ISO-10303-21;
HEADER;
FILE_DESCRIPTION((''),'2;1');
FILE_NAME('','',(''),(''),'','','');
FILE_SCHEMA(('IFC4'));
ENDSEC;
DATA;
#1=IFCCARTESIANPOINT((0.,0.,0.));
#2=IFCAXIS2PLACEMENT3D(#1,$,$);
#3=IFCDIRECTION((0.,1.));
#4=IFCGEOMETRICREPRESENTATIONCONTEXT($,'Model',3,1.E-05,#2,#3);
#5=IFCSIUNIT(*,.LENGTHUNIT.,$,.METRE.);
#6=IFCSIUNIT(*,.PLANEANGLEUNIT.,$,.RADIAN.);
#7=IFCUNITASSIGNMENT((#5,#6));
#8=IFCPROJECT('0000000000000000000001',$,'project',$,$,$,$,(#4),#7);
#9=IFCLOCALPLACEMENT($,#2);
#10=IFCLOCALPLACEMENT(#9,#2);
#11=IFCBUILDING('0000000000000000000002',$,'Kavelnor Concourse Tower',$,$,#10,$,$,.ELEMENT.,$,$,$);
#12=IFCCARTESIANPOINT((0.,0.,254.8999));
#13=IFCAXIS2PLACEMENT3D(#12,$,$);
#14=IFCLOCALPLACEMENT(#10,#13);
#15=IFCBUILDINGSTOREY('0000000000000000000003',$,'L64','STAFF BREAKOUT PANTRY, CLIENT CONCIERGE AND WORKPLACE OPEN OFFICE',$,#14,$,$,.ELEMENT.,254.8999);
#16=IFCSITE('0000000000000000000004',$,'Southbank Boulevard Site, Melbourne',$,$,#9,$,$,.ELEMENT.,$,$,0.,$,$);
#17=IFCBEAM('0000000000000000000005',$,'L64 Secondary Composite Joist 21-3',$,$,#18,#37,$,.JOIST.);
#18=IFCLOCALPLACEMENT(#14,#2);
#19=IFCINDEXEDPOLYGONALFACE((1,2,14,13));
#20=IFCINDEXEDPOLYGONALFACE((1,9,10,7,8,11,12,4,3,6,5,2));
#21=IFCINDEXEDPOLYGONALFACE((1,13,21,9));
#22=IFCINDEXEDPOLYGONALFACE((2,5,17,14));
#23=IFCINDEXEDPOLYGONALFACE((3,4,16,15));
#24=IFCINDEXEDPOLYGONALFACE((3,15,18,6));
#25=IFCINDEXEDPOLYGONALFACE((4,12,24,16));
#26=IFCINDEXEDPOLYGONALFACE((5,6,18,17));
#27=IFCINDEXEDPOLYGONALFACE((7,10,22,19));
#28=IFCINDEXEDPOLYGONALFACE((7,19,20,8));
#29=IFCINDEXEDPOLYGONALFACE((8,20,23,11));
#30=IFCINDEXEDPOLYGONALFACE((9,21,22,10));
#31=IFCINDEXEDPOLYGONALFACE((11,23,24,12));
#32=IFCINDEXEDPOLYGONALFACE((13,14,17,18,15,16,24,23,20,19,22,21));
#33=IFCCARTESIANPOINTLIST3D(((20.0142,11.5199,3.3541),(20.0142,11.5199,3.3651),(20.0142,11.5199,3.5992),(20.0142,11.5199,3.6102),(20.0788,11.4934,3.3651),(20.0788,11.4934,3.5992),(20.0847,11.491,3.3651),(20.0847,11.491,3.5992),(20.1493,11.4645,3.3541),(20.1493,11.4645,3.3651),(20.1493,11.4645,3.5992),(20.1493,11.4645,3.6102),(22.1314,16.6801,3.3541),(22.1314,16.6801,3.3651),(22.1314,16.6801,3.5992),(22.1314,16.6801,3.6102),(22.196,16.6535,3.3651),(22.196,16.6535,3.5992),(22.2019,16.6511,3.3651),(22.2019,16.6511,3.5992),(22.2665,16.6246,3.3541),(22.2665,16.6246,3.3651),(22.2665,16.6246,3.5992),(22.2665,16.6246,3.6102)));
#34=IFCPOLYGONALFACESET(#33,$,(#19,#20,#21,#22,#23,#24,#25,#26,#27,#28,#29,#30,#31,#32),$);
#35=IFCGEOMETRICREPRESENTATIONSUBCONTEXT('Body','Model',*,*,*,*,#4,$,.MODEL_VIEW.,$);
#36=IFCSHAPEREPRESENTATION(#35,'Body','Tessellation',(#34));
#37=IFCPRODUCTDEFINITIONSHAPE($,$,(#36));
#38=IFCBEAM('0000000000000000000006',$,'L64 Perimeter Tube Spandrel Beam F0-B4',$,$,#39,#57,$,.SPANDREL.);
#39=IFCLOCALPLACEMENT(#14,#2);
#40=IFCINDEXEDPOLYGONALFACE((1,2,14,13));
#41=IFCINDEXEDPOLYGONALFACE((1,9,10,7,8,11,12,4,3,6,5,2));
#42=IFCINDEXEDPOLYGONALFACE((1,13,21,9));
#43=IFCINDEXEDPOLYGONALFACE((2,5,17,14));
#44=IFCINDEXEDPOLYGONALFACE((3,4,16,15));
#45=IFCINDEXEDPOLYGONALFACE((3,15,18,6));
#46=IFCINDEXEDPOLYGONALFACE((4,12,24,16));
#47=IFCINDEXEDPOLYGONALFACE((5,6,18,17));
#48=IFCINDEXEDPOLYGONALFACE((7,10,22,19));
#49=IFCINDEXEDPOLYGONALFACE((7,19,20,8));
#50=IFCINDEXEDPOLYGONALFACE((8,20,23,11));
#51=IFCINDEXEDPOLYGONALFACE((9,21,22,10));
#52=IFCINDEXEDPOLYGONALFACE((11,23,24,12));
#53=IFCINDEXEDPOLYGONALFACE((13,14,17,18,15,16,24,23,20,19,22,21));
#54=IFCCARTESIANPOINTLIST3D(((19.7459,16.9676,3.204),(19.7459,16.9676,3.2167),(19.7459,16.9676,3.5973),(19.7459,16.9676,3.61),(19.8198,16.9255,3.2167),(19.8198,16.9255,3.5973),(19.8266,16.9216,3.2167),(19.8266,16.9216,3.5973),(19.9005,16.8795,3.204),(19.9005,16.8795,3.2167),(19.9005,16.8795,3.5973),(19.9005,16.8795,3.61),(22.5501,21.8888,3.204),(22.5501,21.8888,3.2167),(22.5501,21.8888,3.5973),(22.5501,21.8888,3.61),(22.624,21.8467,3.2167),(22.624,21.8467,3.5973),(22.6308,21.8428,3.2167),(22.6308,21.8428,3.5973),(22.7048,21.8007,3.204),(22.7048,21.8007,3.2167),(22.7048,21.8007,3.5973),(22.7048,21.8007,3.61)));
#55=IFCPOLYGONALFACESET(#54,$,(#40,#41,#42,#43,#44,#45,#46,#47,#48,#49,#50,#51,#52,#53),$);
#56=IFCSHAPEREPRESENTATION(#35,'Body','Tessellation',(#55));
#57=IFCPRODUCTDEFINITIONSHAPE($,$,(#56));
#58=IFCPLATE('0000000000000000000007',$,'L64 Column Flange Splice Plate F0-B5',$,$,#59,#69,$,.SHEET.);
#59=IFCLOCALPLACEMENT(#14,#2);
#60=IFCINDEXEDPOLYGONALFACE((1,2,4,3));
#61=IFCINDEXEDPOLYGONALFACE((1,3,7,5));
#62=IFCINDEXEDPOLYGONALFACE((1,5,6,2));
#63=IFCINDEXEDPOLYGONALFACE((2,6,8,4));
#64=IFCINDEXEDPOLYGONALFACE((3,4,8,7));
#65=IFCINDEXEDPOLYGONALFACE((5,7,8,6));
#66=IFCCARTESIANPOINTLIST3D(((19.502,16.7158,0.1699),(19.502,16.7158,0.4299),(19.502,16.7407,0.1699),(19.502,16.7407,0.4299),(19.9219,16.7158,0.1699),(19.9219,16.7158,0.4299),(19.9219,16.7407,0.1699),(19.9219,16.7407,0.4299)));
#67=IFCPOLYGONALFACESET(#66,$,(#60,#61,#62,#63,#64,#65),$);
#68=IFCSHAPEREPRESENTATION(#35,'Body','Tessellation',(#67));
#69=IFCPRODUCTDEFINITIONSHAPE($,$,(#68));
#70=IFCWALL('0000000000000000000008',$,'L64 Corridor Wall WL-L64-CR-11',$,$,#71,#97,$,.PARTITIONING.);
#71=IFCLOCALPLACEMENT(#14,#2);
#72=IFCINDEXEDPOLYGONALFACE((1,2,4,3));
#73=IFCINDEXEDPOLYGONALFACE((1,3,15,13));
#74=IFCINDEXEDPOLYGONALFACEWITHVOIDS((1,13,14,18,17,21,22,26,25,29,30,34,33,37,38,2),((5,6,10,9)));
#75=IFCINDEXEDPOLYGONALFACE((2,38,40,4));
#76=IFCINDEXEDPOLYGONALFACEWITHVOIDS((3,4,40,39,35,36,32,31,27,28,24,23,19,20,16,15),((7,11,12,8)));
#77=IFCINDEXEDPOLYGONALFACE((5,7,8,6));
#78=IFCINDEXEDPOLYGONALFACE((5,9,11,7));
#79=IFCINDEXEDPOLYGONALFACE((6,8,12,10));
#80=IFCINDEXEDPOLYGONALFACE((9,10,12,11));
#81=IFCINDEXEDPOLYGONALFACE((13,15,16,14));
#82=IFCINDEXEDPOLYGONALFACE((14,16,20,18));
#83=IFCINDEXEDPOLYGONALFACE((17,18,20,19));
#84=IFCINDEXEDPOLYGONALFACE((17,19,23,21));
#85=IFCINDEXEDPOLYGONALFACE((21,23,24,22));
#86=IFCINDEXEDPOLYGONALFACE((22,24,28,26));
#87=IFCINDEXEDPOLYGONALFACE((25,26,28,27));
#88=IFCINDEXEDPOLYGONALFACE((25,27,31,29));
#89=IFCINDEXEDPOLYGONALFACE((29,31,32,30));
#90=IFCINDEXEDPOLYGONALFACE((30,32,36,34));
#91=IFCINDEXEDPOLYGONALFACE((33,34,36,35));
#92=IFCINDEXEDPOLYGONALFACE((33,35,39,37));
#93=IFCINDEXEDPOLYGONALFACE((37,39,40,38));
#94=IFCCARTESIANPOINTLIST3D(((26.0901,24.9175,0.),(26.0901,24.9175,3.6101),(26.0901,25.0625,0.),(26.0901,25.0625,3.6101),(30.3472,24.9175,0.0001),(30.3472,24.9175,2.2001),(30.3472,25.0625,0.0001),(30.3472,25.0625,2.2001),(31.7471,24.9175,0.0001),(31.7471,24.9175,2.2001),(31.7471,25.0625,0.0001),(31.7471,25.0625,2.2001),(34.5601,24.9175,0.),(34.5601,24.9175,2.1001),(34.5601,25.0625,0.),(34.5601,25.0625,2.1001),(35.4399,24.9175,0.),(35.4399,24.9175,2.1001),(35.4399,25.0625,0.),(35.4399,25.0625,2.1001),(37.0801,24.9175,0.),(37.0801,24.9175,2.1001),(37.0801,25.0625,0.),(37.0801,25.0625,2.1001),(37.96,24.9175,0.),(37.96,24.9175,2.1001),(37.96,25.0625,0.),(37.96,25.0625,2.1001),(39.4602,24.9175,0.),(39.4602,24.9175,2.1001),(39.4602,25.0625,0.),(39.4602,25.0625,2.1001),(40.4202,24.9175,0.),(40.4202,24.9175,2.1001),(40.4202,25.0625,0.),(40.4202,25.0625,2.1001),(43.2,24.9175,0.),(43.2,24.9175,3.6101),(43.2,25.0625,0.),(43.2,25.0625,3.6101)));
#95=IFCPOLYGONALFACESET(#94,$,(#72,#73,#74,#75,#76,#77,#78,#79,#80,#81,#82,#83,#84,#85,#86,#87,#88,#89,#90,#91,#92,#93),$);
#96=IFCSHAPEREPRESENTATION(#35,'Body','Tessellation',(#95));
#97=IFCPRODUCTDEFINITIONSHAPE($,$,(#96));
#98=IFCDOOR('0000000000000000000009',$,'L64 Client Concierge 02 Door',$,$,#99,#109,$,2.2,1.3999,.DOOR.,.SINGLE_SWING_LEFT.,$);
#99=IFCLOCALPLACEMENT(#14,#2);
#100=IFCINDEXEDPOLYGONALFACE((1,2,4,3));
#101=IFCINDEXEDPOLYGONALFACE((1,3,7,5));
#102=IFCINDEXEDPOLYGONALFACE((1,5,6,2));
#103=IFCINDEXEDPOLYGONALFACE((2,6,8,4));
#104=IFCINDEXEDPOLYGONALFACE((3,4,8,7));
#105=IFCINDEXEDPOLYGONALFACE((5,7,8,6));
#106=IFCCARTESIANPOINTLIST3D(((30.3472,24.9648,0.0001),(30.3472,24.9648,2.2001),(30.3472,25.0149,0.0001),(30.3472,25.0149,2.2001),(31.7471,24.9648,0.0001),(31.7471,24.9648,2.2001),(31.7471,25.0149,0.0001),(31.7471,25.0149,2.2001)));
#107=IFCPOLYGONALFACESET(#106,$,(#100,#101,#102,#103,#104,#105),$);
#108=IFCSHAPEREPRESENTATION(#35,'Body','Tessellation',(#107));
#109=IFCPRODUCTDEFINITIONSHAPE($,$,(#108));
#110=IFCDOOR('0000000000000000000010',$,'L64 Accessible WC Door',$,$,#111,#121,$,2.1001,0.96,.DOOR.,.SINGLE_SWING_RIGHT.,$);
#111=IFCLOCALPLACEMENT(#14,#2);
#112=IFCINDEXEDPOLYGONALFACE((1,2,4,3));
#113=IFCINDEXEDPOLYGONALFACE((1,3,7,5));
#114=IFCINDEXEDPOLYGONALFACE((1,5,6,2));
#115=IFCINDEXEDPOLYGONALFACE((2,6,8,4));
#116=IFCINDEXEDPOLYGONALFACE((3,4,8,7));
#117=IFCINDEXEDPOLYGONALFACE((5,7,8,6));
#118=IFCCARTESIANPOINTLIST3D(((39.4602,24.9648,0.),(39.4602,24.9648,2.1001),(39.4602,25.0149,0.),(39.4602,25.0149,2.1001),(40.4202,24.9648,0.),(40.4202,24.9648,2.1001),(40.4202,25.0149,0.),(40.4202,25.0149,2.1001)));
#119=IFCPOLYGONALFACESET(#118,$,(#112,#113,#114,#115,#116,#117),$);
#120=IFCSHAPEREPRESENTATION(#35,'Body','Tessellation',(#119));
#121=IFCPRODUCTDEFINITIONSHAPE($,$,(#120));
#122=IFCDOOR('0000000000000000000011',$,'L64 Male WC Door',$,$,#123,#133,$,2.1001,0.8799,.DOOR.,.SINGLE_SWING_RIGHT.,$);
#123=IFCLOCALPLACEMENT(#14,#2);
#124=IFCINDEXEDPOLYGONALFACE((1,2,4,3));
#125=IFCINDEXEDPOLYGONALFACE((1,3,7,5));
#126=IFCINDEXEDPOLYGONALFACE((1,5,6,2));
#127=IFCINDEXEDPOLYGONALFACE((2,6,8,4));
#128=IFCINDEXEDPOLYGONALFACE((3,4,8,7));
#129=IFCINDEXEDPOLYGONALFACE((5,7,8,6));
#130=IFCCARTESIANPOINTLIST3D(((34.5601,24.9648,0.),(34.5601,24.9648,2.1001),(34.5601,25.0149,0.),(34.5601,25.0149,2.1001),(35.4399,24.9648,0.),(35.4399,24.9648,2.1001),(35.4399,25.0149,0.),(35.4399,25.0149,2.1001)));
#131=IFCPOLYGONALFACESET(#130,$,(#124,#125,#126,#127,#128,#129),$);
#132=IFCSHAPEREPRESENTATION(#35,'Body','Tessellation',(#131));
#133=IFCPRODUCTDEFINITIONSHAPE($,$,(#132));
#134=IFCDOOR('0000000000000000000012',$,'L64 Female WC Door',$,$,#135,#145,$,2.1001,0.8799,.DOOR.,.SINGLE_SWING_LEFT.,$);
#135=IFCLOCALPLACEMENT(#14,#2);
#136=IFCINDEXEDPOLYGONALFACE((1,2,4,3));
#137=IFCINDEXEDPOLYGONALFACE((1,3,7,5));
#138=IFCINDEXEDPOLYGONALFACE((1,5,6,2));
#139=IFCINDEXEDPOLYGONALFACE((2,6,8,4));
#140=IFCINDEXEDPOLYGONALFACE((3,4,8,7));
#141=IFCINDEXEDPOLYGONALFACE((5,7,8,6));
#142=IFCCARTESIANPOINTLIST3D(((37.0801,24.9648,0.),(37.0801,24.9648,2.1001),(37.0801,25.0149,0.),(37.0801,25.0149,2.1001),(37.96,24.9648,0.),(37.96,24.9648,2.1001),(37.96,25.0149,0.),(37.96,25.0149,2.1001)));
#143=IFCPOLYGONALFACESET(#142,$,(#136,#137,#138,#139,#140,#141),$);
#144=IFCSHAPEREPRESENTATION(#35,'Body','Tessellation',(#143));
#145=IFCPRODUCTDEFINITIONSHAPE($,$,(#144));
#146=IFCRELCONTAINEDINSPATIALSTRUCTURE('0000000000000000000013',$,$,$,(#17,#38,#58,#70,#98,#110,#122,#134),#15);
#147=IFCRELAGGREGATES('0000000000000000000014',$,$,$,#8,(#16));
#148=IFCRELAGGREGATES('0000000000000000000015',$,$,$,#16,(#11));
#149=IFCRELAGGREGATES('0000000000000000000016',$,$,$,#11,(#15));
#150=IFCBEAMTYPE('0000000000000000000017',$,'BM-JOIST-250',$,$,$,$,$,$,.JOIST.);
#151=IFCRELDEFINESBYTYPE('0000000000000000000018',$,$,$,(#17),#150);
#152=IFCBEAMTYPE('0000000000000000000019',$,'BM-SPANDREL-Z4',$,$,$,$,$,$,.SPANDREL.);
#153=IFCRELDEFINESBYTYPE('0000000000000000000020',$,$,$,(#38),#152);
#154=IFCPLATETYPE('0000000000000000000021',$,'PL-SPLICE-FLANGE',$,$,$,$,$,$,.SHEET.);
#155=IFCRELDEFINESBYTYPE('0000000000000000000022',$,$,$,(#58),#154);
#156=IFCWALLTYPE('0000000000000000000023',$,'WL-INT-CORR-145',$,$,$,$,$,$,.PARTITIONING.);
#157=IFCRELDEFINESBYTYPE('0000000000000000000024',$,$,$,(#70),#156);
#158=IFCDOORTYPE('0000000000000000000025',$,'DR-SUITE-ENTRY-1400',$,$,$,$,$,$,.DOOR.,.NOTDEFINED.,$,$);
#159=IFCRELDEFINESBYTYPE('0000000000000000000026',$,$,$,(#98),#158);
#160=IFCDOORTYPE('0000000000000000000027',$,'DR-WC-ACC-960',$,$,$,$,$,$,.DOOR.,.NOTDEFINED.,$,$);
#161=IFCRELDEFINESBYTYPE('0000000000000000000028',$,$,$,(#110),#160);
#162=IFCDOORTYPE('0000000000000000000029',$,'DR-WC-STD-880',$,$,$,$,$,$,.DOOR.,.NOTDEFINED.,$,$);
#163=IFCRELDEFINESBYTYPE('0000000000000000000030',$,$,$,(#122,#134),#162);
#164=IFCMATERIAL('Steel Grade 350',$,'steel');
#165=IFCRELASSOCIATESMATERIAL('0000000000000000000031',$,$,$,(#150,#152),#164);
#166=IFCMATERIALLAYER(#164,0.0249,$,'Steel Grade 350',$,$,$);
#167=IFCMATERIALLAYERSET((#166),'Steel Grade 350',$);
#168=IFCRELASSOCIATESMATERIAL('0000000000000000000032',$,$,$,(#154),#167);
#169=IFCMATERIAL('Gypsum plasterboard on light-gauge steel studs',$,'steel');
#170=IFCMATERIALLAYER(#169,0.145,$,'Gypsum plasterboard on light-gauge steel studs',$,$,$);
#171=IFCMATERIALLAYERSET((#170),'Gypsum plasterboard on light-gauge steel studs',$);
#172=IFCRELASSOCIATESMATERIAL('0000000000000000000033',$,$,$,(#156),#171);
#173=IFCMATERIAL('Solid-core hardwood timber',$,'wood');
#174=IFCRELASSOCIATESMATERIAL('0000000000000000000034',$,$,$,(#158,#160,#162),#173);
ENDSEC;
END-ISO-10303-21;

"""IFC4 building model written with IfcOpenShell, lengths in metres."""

from ifc_helpers import new_model, si_unit, direction, frame, frame_2d, origin, origin_2d, place, context, subcontext, project, spatial, rectangle, i_section, extrude, material, layer, layer_set, material_profile, profile_set, type_object, element, fill, save


model = new_model("IFC4")

# Units and contexts
model_context = context("Model", 3, precision=1e-05, world=origin(), true_north=direction((0.0, 1.0)))
body_context = subcontext(model_context, "Body", "Model", "MODEL_VIEW")
ifc_project = project(units=[si_unit("LENGTHUNIT", "METRE"), si_unit("PLANEANGLEUNIT", "RADIAN")], contexts=[model_context])

# Site, building, storey
site_placement = place(None, origin())
site = spatial("IfcSite", under=ifc_project, at=site_placement, Name="Southbank Boulevard Site, Melbourne", CompositionType="ELEMENT", RefElevation=0.0)
building_placement = place(site_placement, origin())
building = spatial("IfcBuilding", under=site, at=building_placement, Name="Kavelnor Concourse Tower", CompositionType="ELEMENT")
storey_placement = place(building_placement, frame((0.0, 0.0, 254.8999)))
storey = spatial("IfcBuildingStorey", under=building, at=storey_placement, Name="L64", Description="STAFF BREAKOUT PANTRY, CLIENT CONCIERGE AND WORKPLACE OPEN OFFICE", CompositionType="ELEMENT", Elevation=254.8999)

# Shared definitions
ifc_material_1 = material(Name="Steel Grade 350", Category="steel")

# Beams
ifc_material_profile_1 = material_profile(ifc_material_1, i_section(OverallWidth=0.146, OverallDepth=0.2561, WebThickness=0.0063, FlangeThickness=0.011, at=origin_2d()), Name="250UB37")
ifc_profile_set_1 = profile_set([ifc_material_profile_1], Name="Steel Grade 350")
beam_type_1 = type_object("IfcBeamType", Name="BM-JOIST-250", PredefinedType="JOIST", material=ifc_profile_set_1)
beam_1_placement = place(storey_placement, frame((22.199, 16.6523, 3.4822), z_axis=(-0.379587, -0.925156, 0.0), x_axis=(0.925156, -0.379587, 0.0)))
element("IfcBeam", 1, at=beam_1_placement, inside=storey, type_object=beam_type_1, Name="L64 Secondary Composite Joist 21-3", PredefinedType="JOIST", context=body_context, shape_type="SweptSolid", body=[
    extrude(i_section(OverallWidth=0.146, OverallDepth=0.2561, WebThickness=0.0063, FlangeThickness=0.011, at=origin_2d()), origin(), (0.0, 0.0, 1.0), 5.5776),
])
ifc_material_profile_2 = material_profile(ifc_material_1, i_section(OverallWidth=0.178, OverallDepth=0.406, WebThickness=0.0078, FlangeThickness=0.0127, at=origin_2d()), Name="410UB59")
ifc_profile_set_2 = profile_set([ifc_material_profile_2], Name="Steel Grade 350")
beam_type_2 = type_object("IfcBeamType", Name="BM-SPANDREL-Z4", PredefinedType="SPANDREL", material=ifc_profile_set_2)
beam_2_placement = place(storey_placement, frame((22.6274, 21.8447, 3.407), z_axis=(-0.495089, -0.868842, 0.0), x_axis=(0.868842, -0.495089, 0.0)))
element("IfcBeam", 2, at=beam_2_placement, inside=storey, type_object=beam_type_2, Name="L64 Perimeter Tube Spandrel Beam F0-B4", PredefinedType="SPANDREL", context=body_context, shape_type="SweptSolid", body=[
    extrude(i_section(OverallWidth=0.178, OverallDepth=0.406, WebThickness=0.0078, FlangeThickness=0.0127, at=origin_2d()), origin(), (0.0, 0.0, 1.0), 5.6641),
])

# Plate
ifc_layer_1 = layer(ifc_material_1, 0.0249, Name="Steel Grade 350")
ifc_layer_set_1 = layer_set([ifc_layer_1], Name="Steel Grade 350")
plate_type = type_object("IfcPlateType", Name="PL-SPLICE-FLANGE", PredefinedType="SHEET", material=ifc_layer_set_1)
plate_placement = place(storey_placement, frame((19.7119, 16.7283, 0.1699), z_axis=(0.0, 0.0, 1.0), x_axis=(1.0, 0.0, 0.0)))
element("IfcPlate", 3, at=plate_placement, inside=storey, type_object=plate_type, Name="L64 Column Flange Splice Plate F0-B5", PredefinedType="SHEET", context=body_context, shape_type="SweptSolid", body=[
    extrude(rectangle(XDim=0.4199, YDim=0.0249, at=origin_2d()), origin(), (0.0, 0.0, 1.0), 0.26),
])

# Wall, openings, doors
ifc_material_2 = material(Name="Gypsum plasterboard on light-gauge steel studs", Category="steel")
ifc_layer_2 = layer(ifc_material_2, 0.145, Name="Gypsum plasterboard on light-gauge steel studs")
ifc_layer_set_2 = layer_set([ifc_layer_2], Name="Gypsum plasterboard on light-gauge steel studs")
wall_type_1 = type_object("IfcWallType", Name="WL-INT-CORR-145", PredefinedType="PARTITIONING", material=ifc_layer_set_2)
wall_1_placement = place(storey_placement, frame((26.0901, 24.99, 0.0), z_axis=(0.0, 0.0, 1.0), x_axis=(1.0, 0.0, 0.0)))
wall_1 = element("IfcWall", 4, at=wall_1_placement, inside=storey, type_object=wall_type_1, Name="L64 Corridor Wall WL-L64-CR-11", PredefinedType="PARTITIONING", context=body_context, shape_type="SweptSolid", body=[
    extrude(rectangle(XDim=17.1099, YDim=0.145, at=frame_2d((8.5549, 0.0))), origin(), (0.0, 0.0, 1.0), 3.6101),
])
opening_1_placement = place(wall_1_placement, frame((8.47, 0.0, 0.0)))
opening_1 = element("IfcOpeningElement", 5, at=opening_1_placement, cuts=wall_1, PredefinedType="OPENING", context=body_context, shape_type="SweptSolid", body=[
    extrude(rectangle(XDim=0.8799, YDim=2.1001, at=frame_2d((0.4399, 1.05))), frame((0.0, 0.0825, 0.0), z_axis=(0.0, -1.0, 0.0), x_axis=(1.0, 0.0, 0.0)), (0.0, 0.0, 1.0), 0.165),
])
opening_2_placement = place(wall_1_placement, frame((10.99, 0.0, 0.0)))
opening_2 = element("IfcOpeningElement", 6, at=opening_2_placement, cuts=wall_1, PredefinedType="OPENING", context=body_context, shape_type="SweptSolid", body=[
    extrude(rectangle(XDim=0.8799, YDim=2.1001, at=frame_2d((0.4399, 1.05))), frame((0.0, 0.0825, 0.0), z_axis=(0.0, -1.0, 0.0), x_axis=(1.0, 0.0, 0.0)), (0.0, 0.0, 1.0), 0.165),
])
opening_3_placement = place(wall_1_placement, frame((13.3701, 0.0, 0.0)))
opening_3 = element("IfcOpeningElement", 7, at=opening_3_placement, cuts=wall_1, PredefinedType="OPENING", context=body_context, shape_type="SweptSolid", body=[
    extrude(rectangle(XDim=0.96, YDim=2.1001, at=frame_2d((0.48, 1.05))), frame((0.0, 0.0825, 0.0), z_axis=(0.0, -1.0, 0.0), x_axis=(1.0, 0.0, 0.0)), (0.0, 0.0, 1.0), 0.165),
])
opening_4_placement = place(wall_1_placement, frame((4.2571, 0.0, 0.0)))
opening_4 = element("IfcOpeningElement", 8, at=opening_4_placement, cuts=wall_1, PredefinedType="OPENING", context=body_context, shape_type="SweptSolid", body=[
    extrude(rectangle(XDim=1.3999, YDim=2.2, at=frame_2d((0.7, 1.1001))), frame((0.0, 0.0825, 0.0), z_axis=(0.0, -1.0, 0.0), x_axis=(1.0, 0.0, 0.0)), (0.0, 0.0, 1.0), 0.165),
])
ifc_material_3 = material(Name="Solid-core hardwood timber", Category="wood")
door_type_1 = type_object("IfcDoorType", Name="DR-SUITE-ENTRY-1400", OperationType="NOTDEFINED", PredefinedType="DOOR", material=ifc_material_3)
door_1_placement = place(opening_4_placement, origin())
door_1 = element("IfcDoor", 9, at=door_1_placement, inside=storey, type_object=door_type_1, Name="L64 Client Concierge 02 Door", OperationType="SINGLE_SWING_LEFT", OverallHeight=2.2, OverallWidth=1.3999, PredefinedType="DOOR", context=body_context, shape_type="SweptSolid", body=[
    extrude(rectangle(XDim=1.3999, YDim=2.2, at=frame_2d((0.7, 1.1001))), frame((0.0, 0.0249, 0.0), z_axis=(0.0, -1.0, 0.0), x_axis=(1.0, 0.0, 0.0)), (0.0, 0.0, 1.0), 0.05),
])
fill(opening_4, door_1)
door_type_2 = type_object("IfcDoorType", Name="DR-WC-ACC-960", OperationType="NOTDEFINED", PredefinedType="DOOR", material=ifc_material_3)
door_2_placement = place(opening_3_placement, origin())
door_2 = element("IfcDoor", 10, at=door_2_placement, inside=storey, type_object=door_type_2, Name="L64 Accessible WC Door", OperationType="SINGLE_SWING_RIGHT", OverallHeight=2.1001, OverallWidth=0.96, PredefinedType="DOOR", context=body_context, shape_type="SweptSolid", body=[
    extrude(rectangle(XDim=0.96, YDim=2.1001, at=frame_2d((0.48, 1.05))), frame((0.0, 0.0249, 0.0), z_axis=(0.0, -1.0, 0.0), x_axis=(1.0, 0.0, 0.0)), (0.0, 0.0, 1.0), 0.05),
])
fill(opening_3, door_2)
door_type_3 = type_object("IfcDoorType", Name="DR-WC-STD-880", OperationType="NOTDEFINED", PredefinedType="DOOR", material=ifc_material_3)
door_3_placement = place(opening_1_placement, origin())
door_3 = element("IfcDoor", 11, at=door_3_placement, inside=storey, type_object=door_type_3, Name="L64 Male WC Door", OperationType="SINGLE_SWING_RIGHT", OverallHeight=2.1001, OverallWidth=0.8799, PredefinedType="DOOR", context=body_context, shape_type="SweptSolid", body=[
    extrude(rectangle(XDim=0.8799, YDim=2.1001, at=frame_2d((0.4399, 1.05))), frame((0.0, 0.0249, 0.0), z_axis=(0.0, -1.0, 0.0), x_axis=(1.0, 0.0, 0.0)), (0.0, 0.0, 1.0), 0.05),
])
fill(opening_1, door_3)
door_4_placement = place(opening_2_placement, origin())
door_4 = element("IfcDoor", 12, at=door_4_placement, inside=storey, type_object=door_type_3, Name="L64 Female WC Door", OperationType="SINGLE_SWING_LEFT", OverallHeight=2.1001, OverallWidth=0.8799, PredefinedType="DOOR", context=body_context, shape_type="SweptSolid", body=[
    extrude(rectangle(XDim=0.8799, YDim=2.1001, at=frame_2d((0.4399, 1.05))), frame((0.0, 0.0249, 0.0), z_axis=(0.0, -1.0, 0.0), x_axis=(1.0, 0.0, 0.0)), (0.0, 0.0, 1.0), 0.05),
])
fill(opening_2, door_4)

save(model, "model.ifc")
